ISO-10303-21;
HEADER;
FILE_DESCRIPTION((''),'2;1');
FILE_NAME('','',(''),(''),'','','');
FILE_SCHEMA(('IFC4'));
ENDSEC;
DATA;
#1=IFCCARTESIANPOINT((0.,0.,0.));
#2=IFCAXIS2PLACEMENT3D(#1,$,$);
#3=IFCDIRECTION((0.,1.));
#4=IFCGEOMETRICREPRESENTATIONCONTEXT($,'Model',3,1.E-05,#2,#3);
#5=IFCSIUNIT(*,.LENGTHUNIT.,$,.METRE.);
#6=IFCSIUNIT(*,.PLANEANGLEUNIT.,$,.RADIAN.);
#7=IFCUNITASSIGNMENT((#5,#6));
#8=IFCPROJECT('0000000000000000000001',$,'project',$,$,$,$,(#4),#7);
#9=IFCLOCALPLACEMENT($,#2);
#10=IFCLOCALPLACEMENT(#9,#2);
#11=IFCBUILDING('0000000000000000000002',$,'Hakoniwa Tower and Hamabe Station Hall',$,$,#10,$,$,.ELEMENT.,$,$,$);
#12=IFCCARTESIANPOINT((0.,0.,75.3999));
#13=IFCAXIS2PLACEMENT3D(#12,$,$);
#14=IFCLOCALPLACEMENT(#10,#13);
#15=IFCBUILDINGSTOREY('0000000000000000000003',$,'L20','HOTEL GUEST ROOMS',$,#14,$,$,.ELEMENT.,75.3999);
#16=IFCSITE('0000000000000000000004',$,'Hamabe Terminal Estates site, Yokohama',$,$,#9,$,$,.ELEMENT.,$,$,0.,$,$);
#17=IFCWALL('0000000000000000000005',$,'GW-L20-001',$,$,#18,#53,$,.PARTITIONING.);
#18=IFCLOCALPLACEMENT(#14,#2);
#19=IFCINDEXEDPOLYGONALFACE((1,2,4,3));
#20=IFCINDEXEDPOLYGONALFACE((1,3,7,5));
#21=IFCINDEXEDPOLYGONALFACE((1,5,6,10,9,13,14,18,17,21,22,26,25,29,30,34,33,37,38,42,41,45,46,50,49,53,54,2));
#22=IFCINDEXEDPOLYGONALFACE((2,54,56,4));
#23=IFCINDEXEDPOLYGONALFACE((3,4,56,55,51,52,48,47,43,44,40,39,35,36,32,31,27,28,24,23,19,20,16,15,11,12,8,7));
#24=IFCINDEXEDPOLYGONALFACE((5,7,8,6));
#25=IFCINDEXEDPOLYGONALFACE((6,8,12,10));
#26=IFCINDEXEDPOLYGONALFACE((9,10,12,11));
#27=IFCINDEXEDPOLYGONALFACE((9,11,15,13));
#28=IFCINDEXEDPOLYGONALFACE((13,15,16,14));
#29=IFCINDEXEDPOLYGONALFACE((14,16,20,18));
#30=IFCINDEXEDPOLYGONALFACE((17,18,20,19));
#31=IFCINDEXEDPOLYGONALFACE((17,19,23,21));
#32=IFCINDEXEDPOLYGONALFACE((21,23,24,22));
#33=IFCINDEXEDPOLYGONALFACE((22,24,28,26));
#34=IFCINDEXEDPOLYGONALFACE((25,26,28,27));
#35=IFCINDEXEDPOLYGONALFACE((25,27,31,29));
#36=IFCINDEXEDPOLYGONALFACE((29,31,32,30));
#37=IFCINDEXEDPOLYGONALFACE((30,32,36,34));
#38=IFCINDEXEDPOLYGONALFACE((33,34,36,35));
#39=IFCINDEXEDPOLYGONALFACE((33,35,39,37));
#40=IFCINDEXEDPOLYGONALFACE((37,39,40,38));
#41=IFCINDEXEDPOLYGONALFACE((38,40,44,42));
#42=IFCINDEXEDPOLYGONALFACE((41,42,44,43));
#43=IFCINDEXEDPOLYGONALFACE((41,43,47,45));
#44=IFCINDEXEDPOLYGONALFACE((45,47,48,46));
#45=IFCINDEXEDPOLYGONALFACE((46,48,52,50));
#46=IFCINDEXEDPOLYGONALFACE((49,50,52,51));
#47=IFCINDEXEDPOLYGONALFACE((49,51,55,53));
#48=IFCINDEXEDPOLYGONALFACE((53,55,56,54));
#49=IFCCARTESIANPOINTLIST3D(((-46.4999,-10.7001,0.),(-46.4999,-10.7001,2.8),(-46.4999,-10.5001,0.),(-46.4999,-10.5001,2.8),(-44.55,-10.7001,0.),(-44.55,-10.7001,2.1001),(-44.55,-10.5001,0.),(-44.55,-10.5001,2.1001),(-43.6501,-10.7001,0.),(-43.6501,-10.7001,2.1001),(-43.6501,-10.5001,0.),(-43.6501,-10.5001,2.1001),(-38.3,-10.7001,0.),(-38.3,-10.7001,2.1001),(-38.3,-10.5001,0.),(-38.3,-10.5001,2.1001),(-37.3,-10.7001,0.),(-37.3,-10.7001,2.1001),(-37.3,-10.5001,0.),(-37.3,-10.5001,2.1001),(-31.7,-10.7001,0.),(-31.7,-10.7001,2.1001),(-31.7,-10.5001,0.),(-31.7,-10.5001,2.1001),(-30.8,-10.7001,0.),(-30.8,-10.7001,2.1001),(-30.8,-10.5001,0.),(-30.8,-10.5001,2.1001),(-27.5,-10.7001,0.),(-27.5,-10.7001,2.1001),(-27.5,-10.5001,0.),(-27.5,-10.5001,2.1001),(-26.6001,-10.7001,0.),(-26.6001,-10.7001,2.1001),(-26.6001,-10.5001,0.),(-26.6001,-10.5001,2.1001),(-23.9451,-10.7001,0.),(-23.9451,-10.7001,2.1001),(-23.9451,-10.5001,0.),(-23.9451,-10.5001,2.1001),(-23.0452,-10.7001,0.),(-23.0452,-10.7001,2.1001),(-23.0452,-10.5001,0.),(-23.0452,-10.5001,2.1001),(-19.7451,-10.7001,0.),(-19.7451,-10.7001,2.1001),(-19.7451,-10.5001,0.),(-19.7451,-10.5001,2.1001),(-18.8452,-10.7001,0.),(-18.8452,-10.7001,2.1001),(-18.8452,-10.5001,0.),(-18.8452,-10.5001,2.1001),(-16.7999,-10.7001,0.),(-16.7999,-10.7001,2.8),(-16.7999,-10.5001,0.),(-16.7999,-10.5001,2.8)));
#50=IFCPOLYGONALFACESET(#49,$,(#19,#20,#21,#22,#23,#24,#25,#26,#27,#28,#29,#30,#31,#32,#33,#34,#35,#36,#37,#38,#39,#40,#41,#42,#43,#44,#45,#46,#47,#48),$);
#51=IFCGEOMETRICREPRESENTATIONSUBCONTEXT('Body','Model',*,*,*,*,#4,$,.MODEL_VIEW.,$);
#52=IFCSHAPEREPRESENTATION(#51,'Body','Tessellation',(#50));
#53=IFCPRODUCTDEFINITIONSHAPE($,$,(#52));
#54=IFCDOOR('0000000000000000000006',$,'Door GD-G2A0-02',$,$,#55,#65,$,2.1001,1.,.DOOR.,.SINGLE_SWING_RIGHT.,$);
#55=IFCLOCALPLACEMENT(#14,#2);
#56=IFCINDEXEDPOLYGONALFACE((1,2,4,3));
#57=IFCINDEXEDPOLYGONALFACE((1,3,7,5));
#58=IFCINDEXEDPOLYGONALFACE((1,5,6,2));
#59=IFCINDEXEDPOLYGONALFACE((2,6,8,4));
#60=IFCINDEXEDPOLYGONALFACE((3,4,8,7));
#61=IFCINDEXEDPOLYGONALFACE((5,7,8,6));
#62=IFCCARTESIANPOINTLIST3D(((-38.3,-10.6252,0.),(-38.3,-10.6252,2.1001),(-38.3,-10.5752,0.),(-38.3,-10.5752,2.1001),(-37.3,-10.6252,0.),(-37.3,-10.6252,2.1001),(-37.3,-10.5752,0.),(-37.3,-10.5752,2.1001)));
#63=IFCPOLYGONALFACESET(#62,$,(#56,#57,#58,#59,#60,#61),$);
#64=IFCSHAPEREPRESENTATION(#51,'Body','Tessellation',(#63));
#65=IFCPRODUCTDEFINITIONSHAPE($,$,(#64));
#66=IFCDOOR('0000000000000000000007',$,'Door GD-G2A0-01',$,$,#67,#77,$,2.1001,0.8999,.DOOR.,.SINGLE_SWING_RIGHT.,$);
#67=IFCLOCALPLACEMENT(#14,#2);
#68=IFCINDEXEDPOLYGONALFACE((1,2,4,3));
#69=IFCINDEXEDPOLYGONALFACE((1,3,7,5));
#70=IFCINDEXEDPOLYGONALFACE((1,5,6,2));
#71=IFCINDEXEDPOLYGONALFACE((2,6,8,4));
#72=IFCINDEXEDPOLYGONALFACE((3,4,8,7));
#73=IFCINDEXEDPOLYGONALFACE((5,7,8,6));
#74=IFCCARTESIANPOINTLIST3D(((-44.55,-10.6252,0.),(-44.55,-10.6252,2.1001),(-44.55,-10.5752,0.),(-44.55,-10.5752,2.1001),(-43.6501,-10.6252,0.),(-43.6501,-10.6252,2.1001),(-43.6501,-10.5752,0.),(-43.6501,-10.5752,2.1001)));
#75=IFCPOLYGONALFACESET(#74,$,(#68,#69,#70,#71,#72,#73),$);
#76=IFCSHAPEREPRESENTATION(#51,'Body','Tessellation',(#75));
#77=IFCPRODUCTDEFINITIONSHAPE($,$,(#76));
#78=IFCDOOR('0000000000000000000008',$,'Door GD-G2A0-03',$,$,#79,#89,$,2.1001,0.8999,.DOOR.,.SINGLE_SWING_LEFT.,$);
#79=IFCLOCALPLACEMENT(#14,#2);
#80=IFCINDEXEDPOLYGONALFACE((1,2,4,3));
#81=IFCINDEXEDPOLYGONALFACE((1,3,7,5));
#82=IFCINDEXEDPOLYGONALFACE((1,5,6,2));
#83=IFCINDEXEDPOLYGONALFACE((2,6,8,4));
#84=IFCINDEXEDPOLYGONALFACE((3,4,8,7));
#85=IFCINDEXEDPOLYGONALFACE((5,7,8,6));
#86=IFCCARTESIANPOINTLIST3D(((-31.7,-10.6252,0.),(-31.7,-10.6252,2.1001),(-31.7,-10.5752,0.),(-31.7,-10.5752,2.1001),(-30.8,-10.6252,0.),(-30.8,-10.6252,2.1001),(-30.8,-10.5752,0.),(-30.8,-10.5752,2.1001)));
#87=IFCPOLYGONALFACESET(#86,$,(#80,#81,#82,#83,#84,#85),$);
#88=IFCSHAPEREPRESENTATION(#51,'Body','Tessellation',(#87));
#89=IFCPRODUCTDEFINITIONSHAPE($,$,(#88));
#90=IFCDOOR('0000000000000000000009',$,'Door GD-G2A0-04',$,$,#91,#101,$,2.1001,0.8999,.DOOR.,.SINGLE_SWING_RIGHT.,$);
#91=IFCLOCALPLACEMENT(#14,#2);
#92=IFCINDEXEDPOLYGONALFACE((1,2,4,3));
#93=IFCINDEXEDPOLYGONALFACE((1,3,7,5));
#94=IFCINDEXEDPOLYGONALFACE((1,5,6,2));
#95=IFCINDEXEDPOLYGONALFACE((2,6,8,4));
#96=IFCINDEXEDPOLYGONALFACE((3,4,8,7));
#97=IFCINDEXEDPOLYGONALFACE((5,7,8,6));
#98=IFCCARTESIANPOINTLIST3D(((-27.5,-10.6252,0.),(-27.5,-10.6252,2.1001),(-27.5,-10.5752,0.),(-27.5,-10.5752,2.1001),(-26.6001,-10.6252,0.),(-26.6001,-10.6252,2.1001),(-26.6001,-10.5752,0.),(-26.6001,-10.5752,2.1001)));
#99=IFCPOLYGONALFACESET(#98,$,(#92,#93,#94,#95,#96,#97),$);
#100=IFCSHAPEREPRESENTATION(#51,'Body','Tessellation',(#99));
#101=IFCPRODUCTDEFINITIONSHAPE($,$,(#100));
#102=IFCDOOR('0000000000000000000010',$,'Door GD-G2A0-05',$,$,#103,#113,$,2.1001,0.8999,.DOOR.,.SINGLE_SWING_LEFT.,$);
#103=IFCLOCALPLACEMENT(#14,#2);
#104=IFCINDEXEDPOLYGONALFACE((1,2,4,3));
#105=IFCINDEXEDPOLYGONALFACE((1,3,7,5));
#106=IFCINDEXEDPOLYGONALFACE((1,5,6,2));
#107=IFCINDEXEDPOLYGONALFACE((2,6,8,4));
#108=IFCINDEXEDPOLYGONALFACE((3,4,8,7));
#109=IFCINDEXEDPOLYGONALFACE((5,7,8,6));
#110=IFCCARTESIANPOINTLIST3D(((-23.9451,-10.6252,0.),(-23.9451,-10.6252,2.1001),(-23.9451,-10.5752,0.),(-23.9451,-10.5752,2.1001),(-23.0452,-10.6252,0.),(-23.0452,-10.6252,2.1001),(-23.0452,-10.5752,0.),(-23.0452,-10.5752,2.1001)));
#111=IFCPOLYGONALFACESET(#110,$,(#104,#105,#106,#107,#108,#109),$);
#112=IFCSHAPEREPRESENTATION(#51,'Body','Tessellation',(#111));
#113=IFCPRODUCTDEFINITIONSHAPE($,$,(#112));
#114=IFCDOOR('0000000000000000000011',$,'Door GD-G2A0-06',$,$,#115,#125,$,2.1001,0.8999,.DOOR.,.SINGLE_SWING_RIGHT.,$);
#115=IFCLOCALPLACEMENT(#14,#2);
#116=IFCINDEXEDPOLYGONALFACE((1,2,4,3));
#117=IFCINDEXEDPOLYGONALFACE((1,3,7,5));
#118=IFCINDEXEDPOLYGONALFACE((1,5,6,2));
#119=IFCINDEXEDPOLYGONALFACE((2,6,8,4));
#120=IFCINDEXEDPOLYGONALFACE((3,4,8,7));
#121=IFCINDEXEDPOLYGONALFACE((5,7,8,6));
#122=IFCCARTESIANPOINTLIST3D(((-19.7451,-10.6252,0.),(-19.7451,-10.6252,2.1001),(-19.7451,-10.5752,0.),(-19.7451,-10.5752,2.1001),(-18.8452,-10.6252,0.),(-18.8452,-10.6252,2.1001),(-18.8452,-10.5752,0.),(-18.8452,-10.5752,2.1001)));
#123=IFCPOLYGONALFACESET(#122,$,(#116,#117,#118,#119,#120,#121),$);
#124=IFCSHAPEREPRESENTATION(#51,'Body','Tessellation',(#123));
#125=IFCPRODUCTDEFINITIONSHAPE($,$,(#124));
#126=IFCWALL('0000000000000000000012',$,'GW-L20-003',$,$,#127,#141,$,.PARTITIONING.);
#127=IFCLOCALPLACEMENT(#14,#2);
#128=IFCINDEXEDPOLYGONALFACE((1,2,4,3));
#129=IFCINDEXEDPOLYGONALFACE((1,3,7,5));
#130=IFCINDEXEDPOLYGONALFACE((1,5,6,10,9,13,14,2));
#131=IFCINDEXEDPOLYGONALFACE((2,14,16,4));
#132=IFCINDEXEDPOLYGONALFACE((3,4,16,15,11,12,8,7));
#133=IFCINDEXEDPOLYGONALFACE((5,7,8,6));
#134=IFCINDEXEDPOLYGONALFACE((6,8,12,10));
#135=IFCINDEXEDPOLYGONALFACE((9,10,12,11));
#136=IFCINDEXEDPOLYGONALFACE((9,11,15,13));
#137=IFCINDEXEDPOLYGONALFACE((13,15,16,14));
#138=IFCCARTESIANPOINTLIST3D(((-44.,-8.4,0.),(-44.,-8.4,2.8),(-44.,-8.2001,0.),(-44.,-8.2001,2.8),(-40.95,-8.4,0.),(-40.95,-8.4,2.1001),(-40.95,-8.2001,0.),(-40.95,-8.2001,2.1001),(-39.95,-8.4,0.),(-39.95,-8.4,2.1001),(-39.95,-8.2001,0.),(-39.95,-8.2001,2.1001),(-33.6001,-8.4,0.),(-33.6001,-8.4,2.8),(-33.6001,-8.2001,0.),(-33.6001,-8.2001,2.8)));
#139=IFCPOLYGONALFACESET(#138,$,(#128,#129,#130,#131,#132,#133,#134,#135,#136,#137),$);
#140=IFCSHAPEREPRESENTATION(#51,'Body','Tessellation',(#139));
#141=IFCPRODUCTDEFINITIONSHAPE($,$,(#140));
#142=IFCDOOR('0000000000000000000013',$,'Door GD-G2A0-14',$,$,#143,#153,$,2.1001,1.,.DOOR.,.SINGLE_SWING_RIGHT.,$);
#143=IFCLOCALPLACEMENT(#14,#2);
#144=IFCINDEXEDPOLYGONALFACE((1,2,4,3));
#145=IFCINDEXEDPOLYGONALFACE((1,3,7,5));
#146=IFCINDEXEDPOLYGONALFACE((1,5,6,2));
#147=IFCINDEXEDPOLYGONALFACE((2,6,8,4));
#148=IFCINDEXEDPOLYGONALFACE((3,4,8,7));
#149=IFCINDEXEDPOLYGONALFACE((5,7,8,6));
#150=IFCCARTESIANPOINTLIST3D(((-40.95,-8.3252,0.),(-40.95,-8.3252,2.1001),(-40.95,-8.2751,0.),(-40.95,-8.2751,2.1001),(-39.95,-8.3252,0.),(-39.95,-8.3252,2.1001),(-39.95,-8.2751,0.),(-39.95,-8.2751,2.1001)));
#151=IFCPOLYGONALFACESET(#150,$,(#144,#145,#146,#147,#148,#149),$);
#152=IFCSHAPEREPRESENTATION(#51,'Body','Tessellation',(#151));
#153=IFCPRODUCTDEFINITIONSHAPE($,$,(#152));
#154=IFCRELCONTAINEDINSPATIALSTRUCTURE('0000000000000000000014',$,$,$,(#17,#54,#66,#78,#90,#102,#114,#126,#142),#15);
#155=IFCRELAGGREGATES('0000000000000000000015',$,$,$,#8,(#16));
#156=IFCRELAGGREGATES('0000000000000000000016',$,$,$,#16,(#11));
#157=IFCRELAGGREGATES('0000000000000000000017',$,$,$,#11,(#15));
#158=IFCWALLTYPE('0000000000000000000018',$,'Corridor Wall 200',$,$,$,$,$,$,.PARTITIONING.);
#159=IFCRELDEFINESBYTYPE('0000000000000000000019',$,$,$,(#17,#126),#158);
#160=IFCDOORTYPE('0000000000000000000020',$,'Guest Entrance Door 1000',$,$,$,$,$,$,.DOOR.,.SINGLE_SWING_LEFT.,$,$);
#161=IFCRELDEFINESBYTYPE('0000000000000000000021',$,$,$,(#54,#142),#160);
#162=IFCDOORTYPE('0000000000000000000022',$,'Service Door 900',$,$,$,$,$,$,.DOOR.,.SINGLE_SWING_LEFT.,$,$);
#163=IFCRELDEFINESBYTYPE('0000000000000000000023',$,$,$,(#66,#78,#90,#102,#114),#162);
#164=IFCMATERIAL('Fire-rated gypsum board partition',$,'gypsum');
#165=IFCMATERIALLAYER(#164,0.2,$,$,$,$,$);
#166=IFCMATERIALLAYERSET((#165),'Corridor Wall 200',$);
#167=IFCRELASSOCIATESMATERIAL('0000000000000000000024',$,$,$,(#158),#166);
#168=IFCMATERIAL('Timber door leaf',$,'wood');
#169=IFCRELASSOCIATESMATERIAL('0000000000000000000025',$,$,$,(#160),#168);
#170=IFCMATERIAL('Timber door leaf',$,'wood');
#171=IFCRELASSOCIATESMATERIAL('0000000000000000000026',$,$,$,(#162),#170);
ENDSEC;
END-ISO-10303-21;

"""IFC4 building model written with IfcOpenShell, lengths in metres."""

from ifc_helpers import new_model, si_unit, direction, frame, frame_2d, origin, place, context, subcontext, project, spatial, rectangle, extrude, material, layer, layer_set, type_object, element, fill, save


model = new_model("IFC4")

# Units and contexts
model_context = context("Model", 3, precision=1e-05, world=origin(), true_north=direction((0.0, 1.0)))
body_context = subcontext(model_context, "Body", "Model", "MODEL_VIEW")
ifc_project = project(units=[si_unit("LENGTHUNIT", "METRE"), si_unit("PLANEANGLEUNIT", "RADIAN")], contexts=[model_context])

# Site, building, storey
site_placement = place(None, origin())
site = spatial("IfcSite", under=ifc_project, at=site_placement, Name="Hamabe Terminal Estates site, Yokohama", CompositionType="ELEMENT", RefElevation=0.0)
building_placement = place(site_placement, origin())
building = spatial("IfcBuilding", under=site, at=building_placement, Name="Hakoniwa Tower and Hamabe Station Hall", CompositionType="ELEMENT")
storey_placement = place(building_placement, frame((0.0, 0.0, 75.3999)))
storey = spatial("IfcBuildingStorey", under=building, at=storey_placement, Name="L20", Description="HOTEL GUEST ROOMS", CompositionType="ELEMENT", Elevation=75.3999)

# Wall, openings, doors
ifc_material_1 = material(Name="Fire-rated gypsum board partition", Category="gypsum")
ifc_layer_1 = layer(ifc_material_1, 0.2)
ifc_layer_set_1 = layer_set([ifc_layer_1], Name="Corridor Wall 200")
wall_type_1 = type_object("IfcWallType", Name="Corridor Wall 200", PredefinedType="PARTITIONING", material=ifc_layer_set_1)
wall_1_placement = place(storey_placement, frame((-46.5, -10.6001, 0.0), z_axis=(0.0, 0.0, 1.0), x_axis=(1.0, 0.0, 0.0)))
wall_1 = element("IfcWall", 1, at=wall_1_placement, inside=storey, type_object=wall_type_1, Name="GW-L20-001", PredefinedType="PARTITIONING", context=body_context, shape_type="SweptSolid", body=[
    extrude(rectangle(XDim=29.7, YDim=0.2, at=frame_2d((14.8501, 0.0))), origin(), (0.0, 0.0, 1.0), 2.8),
])
opening_1_placement = place(wall_1_placement, frame((1.95, 0.0, 0.0)))
opening_1 = element("IfcOpeningElement", 2, at=opening_1_placement, cuts=wall_1, PredefinedType="OPENING", context=body_context, shape_type="SweptSolid", body=[
    extrude(rectangle(XDim=0.8999, YDim=2.1001, at=frame_2d((0.45, 1.05))), frame((0.0, 0.1099, 0.0), z_axis=(0.0, -1.0, 0.0), x_axis=(1.0, 0.0, 0.0)), (0.0, 0.0, 1.0), 0.22),
])
opening_2_placement = place(wall_1_placement, frame((8.2, 0.0, 0.0)))
opening_2 = element("IfcOpeningElement", 3, at=opening_2_placement, cuts=wall_1, PredefinedType="OPENING", context=body_context, shape_type="SweptSolid", body=[
    extrude(rectangle(XDim=1.0, YDim=2.1001, at=frame_2d((0.5, 1.05))), frame((0.0, 0.1099, 0.0), z_axis=(0.0, -1.0, 0.0), x_axis=(1.0, 0.0, 0.0)), (0.0, 0.0, 1.0), 0.22),
])
opening_3_placement = place(wall_1_placement, frame((14.8, 0.0, 0.0)))
opening_3 = element("IfcOpeningElement", 4, at=opening_3_placement, cuts=wall_1, PredefinedType="OPENING", context=body_context, shape_type="SweptSolid", body=[
    extrude(rectangle(XDim=0.8999, YDim=2.1001, at=frame_2d((0.45, 1.05))), frame((0.0, 0.1099, 0.0), z_axis=(0.0, -1.0, 0.0), x_axis=(1.0, 0.0, 0.0)), (0.0, 0.0, 1.0), 0.22),
])
opening_4_placement = place(wall_1_placement, frame((19.0, 0.0, 0.0)))
opening_4 = element("IfcOpeningElement", 5, at=opening_4_placement, cuts=wall_1, PredefinedType="OPENING", context=body_context, shape_type="SweptSolid", body=[
    extrude(rectangle(XDim=0.8999, YDim=2.1001, at=frame_2d((0.45, 1.05))), frame((0.0, 0.1099, 0.0), z_axis=(0.0, -1.0, 0.0), x_axis=(1.0, 0.0, 0.0)), (0.0, 0.0, 1.0), 0.22),
])
opening_5_placement = place(wall_1_placement, frame((22.5549, 0.0, 0.0)))
opening_5 = element("IfcOpeningElement", 6, at=opening_5_placement, cuts=wall_1, PredefinedType="OPENING", context=body_context, shape_type="SweptSolid", body=[
    extrude(rectangle(XDim=0.8999, YDim=2.1001, at=frame_2d((0.45, 1.05))), frame((0.0, 0.1099, 0.0), z_axis=(0.0, -1.0, 0.0), x_axis=(1.0, 0.0, 0.0)), (0.0, 0.0, 1.0), 0.22),
])
opening_6_placement = place(wall_1_placement, frame((26.7549, 0.0, 0.0)))
opening_6 = element("IfcOpeningElement", 7, at=opening_6_placement, cuts=wall_1, PredefinedType="OPENING", context=body_context, shape_type="SweptSolid", body=[
    extrude(rectangle(XDim=0.8999, YDim=2.1001, at=frame_2d((0.45, 1.05))), frame((0.0, 0.1099, 0.0), z_axis=(0.0, -1.0, 0.0), x_axis=(1.0, 0.0, 0.0)), (0.0, 0.0, 1.0), 0.22),
])
ifc_material_2 = material(Name="Timber door leaf", Category="wood")
door_type_1 = type_object("IfcDoorType", Name="Guest Entrance Door 1000", OperationType="SINGLE_SWING_LEFT", PredefinedType="DOOR", material=ifc_material_2)
door_1_placement = place(opening_2_placement, origin())
door_1 = element("IfcDoor", 8, at=door_1_placement, inside=storey, type_object=door_type_1, Name="Door GD-G2A0-02", OperationType="SINGLE_SWING_RIGHT", OverallHeight=2.1001, OverallWidth=1.0, PredefinedType="DOOR", context=body_context, shape_type="SweptSolid", body=[
    extrude(rectangle(XDim=1.0, YDim=2.1001, at=frame_2d((0.5, 1.05))), frame((0.0, 0.0249, 0.0), z_axis=(0.0, -1.0, 0.0), x_axis=(1.0, 0.0, 0.0)), (0.0, 0.0, 1.0), 0.05),
])
fill(opening_2, door_1)
ifc_material_3 = material(Name="Timber door leaf", Category="wood")
door_type_2 = type_object("IfcDoorType", Name="Service Door 900", OperationType="SINGLE_SWING_LEFT", PredefinedType="DOOR", material=ifc_material_3)
door_2_placement = place(opening_1_placement, origin())
door_2 = element("IfcDoor", 9, at=door_2_placement, inside=storey, type_object=door_type_2, Name="Door GD-G2A0-01", OperationType="SINGLE_SWING_RIGHT", OverallHeight=2.1001, OverallWidth=0.8999, PredefinedType="DOOR", context=body_context, shape_type="SweptSolid", body=[
    extrude(rectangle(XDim=0.8999, YDim=2.1001, at=frame_2d((0.45, 1.05))), frame((0.0, 0.0249, 0.0), z_axis=(0.0, -1.0, 0.0), x_axis=(1.0, 0.0, 0.0)), (0.0, 0.0, 1.0), 0.05),
])
fill(opening_1, door_2)
door_3_placement = place(opening_3_placement, origin())
door_3 = element("IfcDoor", 10, at=door_3_placement, inside=storey, type_object=door_type_2, Name="Door GD-G2A0-03", OperationType="SINGLE_SWING_LEFT", OverallHeight=2.1001, OverallWidth=0.8999, PredefinedType="DOOR", context=body_context, shape_type="SweptSolid", body=[
    extrude(rectangle(XDim=0.8999, YDim=2.1001, at=frame_2d((0.45, 1.05))), frame((0.0, 0.0249, 0.0), z_axis=(0.0, -1.0, 0.0), x_axis=(1.0, 0.0, 0.0)), (0.0, 0.0, 1.0), 0.05),
])
fill(opening_3, door_3)
door_4_placement = place(opening_4_placement, origin())
door_4 = element("IfcDoor", 11, at=door_4_placement, inside=storey, type_object=door_type_2, Name="Door GD-G2A0-04", OperationType="SINGLE_SWING_RIGHT", OverallHeight=2.1001, OverallWidth=0.8999, PredefinedType="DOOR", context=body_context, shape_type="SweptSolid", body=[
    extrude(rectangle(XDim=0.8999, YDim=2.1001, at=frame_2d((0.45, 1.05))), frame((0.0, 0.0249, 0.0), z_axis=(0.0, -1.0, 0.0), x_axis=(1.0, 0.0, 0.0)), (0.0, 0.0, 1.0), 0.05),
])
fill(opening_4, door_4)
door_5_placement = place(opening_5_placement, origin())
door_5 = element("IfcDoor", 12, at=door_5_placement, inside=storey, type_object=door_type_2, Name="Door GD-G2A0-05", OperationType="SINGLE_SWING_LEFT", OverallHeight=2.1001, OverallWidth=0.8999, PredefinedType="DOOR", context=body_context, shape_type="SweptSolid", body=[
    extrude(rectangle(XDim=0.8999, YDim=2.1001, at=frame_2d((0.45, 1.05))), frame((0.0, 0.0249, 0.0), z_axis=(0.0, -1.0, 0.0), x_axis=(1.0, 0.0, 0.0)), (0.0, 0.0, 1.0), 0.05),
])
fill(opening_5, door_5)
door_6_placement = place(opening_6_placement, origin())
door_6 = element("IfcDoor", 13, at=door_6_placement, inside=storey, type_object=door_type_2, Name="Door GD-G2A0-06", OperationType="SINGLE_SWING_RIGHT", OverallHeight=2.1001, OverallWidth=0.8999, PredefinedType="DOOR", context=body_context, shape_type="SweptSolid", body=[
    extrude(rectangle(XDim=0.8999, YDim=2.1001, at=frame_2d((0.45, 1.05))), frame((0.0, 0.0249, 0.0), z_axis=(0.0, -1.0, 0.0), x_axis=(1.0, 0.0, 0.0)), (0.0, 0.0, 1.0), 0.05),
])
fill(opening_6, door_6)

# Wall, opening, door
wall_2_placement = place(storey_placement, frame((-44.0, -8.3, 0.0), z_axis=(0.0, 0.0, 1.0), x_axis=(1.0, 0.0, 0.0)))
wall_2 = element("IfcWall", 14, at=wall_2_placement, inside=storey, type_object=wall_type_1, Name="GW-L20-003", PredefinedType="PARTITIONING", context=body_context, shape_type="SweptSolid", body=[
    extrude(rectangle(XDim=10.3999, YDim=0.2, at=frame_2d((5.2, 0.0))), origin(), (0.0, 0.0, 1.0), 2.8),
])
opening_7_placement = place(wall_2_placement, frame((3.05, 0.0, 0.0)))
opening_7 = element("IfcOpeningElement", 15, at=opening_7_placement, cuts=wall_2, PredefinedType="OPENING", context=body_context, shape_type="SweptSolid", body=[
    extrude(rectangle(XDim=1.0, YDim=2.1001, at=frame_2d((0.5, 1.05))), frame((0.0, 0.1099, 0.0), z_axis=(0.0, -1.0, 0.0), x_axis=(1.0, 0.0, 0.0)), (0.0, 0.0, 1.0), 0.22),
])
door_7_placement = place(opening_7_placement, origin())
door_7 = element("IfcDoor", 16, at=door_7_placement, inside=storey, type_object=door_type_1, Name="Door GD-G2A0-14", OperationType="SINGLE_SWING_RIGHT", OverallHeight=2.1001, OverallWidth=1.0, PredefinedType="DOOR", context=body_context, shape_type="SweptSolid", body=[
    extrude(rectangle(XDim=1.0, YDim=2.1001, at=frame_2d((0.5, 1.05))), frame((0.0, 0.0249, 0.0), z_axis=(0.0, -1.0, 0.0), x_axis=(1.0, 0.0, 0.0)), (0.0, 0.0, 1.0), 0.05),
])
fill(opening_7, door_7)

save(model, "model.ifc")
